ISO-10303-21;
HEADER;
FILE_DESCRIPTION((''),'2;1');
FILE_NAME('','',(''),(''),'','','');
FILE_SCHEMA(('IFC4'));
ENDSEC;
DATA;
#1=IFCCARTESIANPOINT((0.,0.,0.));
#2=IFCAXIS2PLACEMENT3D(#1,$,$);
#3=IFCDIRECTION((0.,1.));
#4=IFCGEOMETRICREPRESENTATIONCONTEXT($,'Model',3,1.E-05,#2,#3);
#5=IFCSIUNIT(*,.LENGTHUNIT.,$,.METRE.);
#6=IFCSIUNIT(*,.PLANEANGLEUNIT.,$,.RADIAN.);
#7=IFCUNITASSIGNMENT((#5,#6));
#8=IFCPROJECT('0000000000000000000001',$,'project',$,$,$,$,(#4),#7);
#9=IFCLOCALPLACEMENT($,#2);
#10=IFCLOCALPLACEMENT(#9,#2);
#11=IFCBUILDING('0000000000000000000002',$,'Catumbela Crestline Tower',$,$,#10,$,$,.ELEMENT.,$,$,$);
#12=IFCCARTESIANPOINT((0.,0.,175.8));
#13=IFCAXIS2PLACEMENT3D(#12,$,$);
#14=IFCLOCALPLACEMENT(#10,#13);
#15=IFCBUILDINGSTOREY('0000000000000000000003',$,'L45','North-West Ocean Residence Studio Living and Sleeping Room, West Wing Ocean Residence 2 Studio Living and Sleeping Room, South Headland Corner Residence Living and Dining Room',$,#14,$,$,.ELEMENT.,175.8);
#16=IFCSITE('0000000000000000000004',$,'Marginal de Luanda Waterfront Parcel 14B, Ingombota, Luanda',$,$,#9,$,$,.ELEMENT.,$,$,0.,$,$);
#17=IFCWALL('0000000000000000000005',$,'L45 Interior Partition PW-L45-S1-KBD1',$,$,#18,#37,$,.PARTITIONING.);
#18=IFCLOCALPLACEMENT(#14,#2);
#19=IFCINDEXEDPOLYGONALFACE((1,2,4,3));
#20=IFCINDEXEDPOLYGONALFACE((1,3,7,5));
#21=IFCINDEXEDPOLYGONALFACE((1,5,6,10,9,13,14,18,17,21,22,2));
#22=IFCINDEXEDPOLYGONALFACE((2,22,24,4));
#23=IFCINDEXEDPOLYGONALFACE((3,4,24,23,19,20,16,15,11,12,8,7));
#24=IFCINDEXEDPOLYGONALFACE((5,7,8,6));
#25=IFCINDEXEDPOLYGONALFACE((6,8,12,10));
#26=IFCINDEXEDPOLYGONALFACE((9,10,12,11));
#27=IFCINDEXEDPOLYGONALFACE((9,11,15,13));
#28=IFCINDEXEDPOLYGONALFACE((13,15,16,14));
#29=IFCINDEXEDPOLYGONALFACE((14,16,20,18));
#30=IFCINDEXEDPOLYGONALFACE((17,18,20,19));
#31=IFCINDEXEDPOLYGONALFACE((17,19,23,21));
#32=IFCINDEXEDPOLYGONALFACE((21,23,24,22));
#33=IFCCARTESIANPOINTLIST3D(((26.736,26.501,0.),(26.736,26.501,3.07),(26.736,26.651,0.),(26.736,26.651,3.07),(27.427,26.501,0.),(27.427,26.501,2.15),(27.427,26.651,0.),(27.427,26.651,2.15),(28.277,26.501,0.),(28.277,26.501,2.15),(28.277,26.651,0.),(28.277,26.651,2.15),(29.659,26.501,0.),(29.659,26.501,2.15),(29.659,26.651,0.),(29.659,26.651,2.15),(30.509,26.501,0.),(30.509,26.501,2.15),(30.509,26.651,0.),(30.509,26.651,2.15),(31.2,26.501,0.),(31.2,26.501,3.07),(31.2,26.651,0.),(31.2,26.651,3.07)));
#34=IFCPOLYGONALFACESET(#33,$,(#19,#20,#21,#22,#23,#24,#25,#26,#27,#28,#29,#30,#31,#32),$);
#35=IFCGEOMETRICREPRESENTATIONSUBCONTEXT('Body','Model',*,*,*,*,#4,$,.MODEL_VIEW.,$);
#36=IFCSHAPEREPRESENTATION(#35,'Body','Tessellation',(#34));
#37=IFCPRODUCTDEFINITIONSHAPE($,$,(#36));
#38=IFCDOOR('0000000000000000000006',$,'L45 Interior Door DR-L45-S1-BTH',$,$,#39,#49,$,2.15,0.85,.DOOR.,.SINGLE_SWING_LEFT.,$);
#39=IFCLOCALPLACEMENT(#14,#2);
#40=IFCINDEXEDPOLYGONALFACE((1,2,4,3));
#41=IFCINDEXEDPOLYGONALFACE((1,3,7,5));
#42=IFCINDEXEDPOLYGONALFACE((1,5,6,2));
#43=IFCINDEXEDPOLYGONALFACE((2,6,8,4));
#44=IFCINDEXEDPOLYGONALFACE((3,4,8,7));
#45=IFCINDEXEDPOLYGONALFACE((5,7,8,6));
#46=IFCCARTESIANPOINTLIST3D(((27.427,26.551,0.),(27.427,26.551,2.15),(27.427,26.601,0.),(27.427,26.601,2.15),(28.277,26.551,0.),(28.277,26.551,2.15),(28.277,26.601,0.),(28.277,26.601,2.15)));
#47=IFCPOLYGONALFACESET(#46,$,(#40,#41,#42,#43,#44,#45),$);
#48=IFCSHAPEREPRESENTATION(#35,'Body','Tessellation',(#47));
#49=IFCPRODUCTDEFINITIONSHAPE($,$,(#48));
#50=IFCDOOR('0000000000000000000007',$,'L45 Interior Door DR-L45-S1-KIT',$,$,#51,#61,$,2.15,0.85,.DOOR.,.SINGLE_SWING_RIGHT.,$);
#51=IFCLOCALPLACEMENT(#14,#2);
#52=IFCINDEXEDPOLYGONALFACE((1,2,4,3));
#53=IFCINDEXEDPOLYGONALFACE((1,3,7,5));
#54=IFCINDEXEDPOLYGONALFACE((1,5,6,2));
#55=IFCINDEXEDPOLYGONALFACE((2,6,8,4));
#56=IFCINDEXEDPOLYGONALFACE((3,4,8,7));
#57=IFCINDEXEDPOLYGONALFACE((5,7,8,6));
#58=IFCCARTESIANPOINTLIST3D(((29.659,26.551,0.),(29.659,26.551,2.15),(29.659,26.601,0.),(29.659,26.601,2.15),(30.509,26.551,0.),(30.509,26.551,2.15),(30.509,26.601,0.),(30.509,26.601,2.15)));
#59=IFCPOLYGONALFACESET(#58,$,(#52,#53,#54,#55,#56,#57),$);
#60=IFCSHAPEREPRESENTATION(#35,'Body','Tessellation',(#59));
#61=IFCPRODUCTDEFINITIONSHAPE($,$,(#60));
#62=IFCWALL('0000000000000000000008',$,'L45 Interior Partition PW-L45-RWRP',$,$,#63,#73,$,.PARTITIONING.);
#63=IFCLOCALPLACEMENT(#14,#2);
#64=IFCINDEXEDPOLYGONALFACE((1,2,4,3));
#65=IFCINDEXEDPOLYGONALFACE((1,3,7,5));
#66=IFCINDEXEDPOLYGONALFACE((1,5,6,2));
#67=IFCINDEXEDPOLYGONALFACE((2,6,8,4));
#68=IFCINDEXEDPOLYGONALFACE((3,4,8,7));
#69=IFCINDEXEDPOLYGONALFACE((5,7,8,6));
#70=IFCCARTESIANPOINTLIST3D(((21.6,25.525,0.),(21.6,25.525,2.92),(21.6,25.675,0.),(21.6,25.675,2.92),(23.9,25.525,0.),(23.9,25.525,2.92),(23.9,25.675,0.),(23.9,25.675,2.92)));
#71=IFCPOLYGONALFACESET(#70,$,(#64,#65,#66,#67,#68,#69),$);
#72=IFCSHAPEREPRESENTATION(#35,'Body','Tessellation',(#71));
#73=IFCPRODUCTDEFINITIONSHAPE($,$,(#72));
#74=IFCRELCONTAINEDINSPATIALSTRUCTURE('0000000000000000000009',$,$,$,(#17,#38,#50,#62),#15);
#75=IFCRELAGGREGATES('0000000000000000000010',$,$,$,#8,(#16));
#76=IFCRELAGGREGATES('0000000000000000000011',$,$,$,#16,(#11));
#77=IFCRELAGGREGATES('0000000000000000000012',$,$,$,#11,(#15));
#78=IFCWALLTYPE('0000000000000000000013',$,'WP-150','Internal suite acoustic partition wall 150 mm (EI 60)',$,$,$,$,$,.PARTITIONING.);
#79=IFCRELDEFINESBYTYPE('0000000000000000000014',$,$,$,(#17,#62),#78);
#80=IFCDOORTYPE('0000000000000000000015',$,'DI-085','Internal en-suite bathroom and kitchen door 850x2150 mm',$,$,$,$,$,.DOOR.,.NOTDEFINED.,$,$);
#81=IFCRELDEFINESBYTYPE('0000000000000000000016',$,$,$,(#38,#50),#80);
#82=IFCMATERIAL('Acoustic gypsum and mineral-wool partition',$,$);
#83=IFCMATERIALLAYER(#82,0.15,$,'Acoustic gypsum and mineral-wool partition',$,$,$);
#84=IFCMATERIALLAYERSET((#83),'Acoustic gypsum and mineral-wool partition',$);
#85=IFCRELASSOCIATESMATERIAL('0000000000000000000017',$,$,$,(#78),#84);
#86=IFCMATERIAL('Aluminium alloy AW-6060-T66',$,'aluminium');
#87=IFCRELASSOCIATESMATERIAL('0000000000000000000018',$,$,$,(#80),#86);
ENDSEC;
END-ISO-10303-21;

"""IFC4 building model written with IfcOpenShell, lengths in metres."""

from ifc_helpers import new_model, si_unit, direction, frame, frame_2d, origin, place, context, subcontext, project, spatial, rectangle, extrude, material, layer, layer_set, type_object, element, fill, save


model = new_model("IFC4")

# Units and contexts
model_context = context("Model", 3, precision=1e-05, world=origin(), true_north=direction((0.0, 1.0)))
body_context = subcontext(model_context, "Body", "Model", "MODEL_VIEW")
ifc_project = project(units=[si_unit("LENGTHUNIT", "METRE"), si_unit("PLANEANGLEUNIT", "RADIAN")], contexts=[model_context])

# Site, building, storey
site_placement = place(None, origin())
site = spatial("IfcSite", under=ifc_project, at=site_placement, Name="Marginal de Luanda Waterfront Parcel 14B, Ingombota, Luanda", CompositionType="ELEMENT", RefElevation=0.0)
building_placement = place(site_placement, origin())
building = spatial("IfcBuilding", under=site, at=building_placement, Name="Catumbela Crestline Tower", CompositionType="ELEMENT")
storey_placement = place(building_placement, frame((0.0, 0.0, 175.8)))
storey = spatial("IfcBuildingStorey", under=building, at=storey_placement, Name="L45", Description="North-West Ocean Residence Studio Living and Sleeping Room, West Wing Ocean Residence 2 Studio Living and Sleeping Room, South Headland Corner Residence Living and Dining Room", CompositionType="ELEMENT", Elevation=175.8)

# Shared definitions
ifc_material_1 = material(Name="Aluminium alloy AW-6060-T66", Category="aluminium")

# Shared definitions
ifc_material_2 = material(Name="Acoustic gypsum and mineral-wool partition")

# Shared definitions
ifc_layer_1 = layer(ifc_material_2, 0.15, Name="Acoustic gypsum and mineral-wool partition")
ifc_layer_set_1 = layer_set([ifc_layer_1], Name="Acoustic gypsum and mineral-wool partition")
wall_type_1 = type_object("IfcWallType", Name="WP-150", Description="Internal suite acoustic partition wall 150 mm (EI 60)", PredefinedType="PARTITIONING", material=ifc_layer_set_1)

# Wall, openings, doors
wall_1_placement = place(storey_placement, frame((26.736, 26.576, 0.0), z_axis=(0.0, 0.0, 1.0), x_axis=(1.0, 0.0, 0.0)))
wall_1 = element("IfcWall", 1, at=wall_1_placement, inside=storey, type_object=wall_type_1, Name="L45 Interior Partition PW-L45-S1-KBD1", PredefinedType="PARTITIONING", context=body_context, shape_type="SweptSolid", body=[
    extrude(rectangle(XDim=4.464, YDim=0.15, at=frame_2d((2.232, 0.0))), origin(), (0.0, 0.0, 1.0), 3.07),
])
opening_1_placement = place(wall_1_placement, frame((0.691, 0.0, 0.0)))
opening_1 = element("IfcOpeningElement", 2, at=opening_1_placement, cuts=wall_1, PredefinedType="OPENING", context=body_context, shape_type="SweptSolid", body=[
    extrude(rectangle(XDim=0.85, YDim=2.15, at=frame_2d((0.425, 1.075))), frame((0.0, 0.085, 0.0), z_axis=(0.0, -1.0, 0.0), x_axis=(1.0, 0.0, 0.0)), (0.0, 0.0, 1.0), 0.17),
])
opening_2_placement = place(wall_1_placement, frame((2.923, 0.0, 0.0)))
opening_2 = element("IfcOpeningElement", 3, at=opening_2_placement, cuts=wall_1, PredefinedType="OPENING", context=body_context, shape_type="SweptSolid", body=[
    extrude(rectangle(XDim=0.85, YDim=2.15, at=frame_2d((0.425, 1.075))), frame((0.0, 0.085, 0.0), z_axis=(0.0, -1.0, 0.0), x_axis=(1.0, 0.0, 0.0)), (0.0, 0.0, 1.0), 0.17),
])
door_type_1 = type_object("IfcDoorType", Name="DI-085", Description="Internal en-suite bathroom and kitchen door 850x2150 mm", OperationType="NOTDEFINED", PredefinedType="DOOR", material=ifc_material_1)
door_1_placement = place(opening_1_placement, origin())
door_1 = element("IfcDoor", 4, at=door_1_placement, inside=storey, type_object=door_type_1, Name="L45 Interior Door DR-L45-S1-BTH", OperationType="SINGLE_SWING_LEFT", OverallHeight=2.15, OverallWidth=0.85, PredefinedType="DOOR", context=body_context, shape_type="SweptSolid", body=[
    extrude(rectangle(XDim=0.85, YDim=2.15, at=frame_2d((0.425, 1.075))), frame((0.0, 0.025, 0.0), z_axis=(0.0, -1.0, 0.0), x_axis=(1.0, 0.0, 0.0)), (0.0, 0.0, 1.0), 0.05),
])
fill(opening_1, door_1)
door_2_placement = place(opening_2_placement, origin())
door_2 = element("IfcDoor", 5, at=door_2_placement, inside=storey, type_object=door_type_1, Name="L45 Interior Door DR-L45-S1-KIT", OperationType="SINGLE_SWING_RIGHT", OverallHeight=2.15, OverallWidth=0.85, PredefinedType="DOOR", context=body_context, shape_type="SweptSolid", body=[
    extrude(rectangle(XDim=0.85, YDim=2.15, at=frame_2d((0.425, 1.075))), frame((0.0, 0.025, 0.0), z_axis=(0.0, -1.0, 0.0), x_axis=(1.0, 0.0, 0.0)), (0.0, 0.0, 1.0), 0.05),
])
fill(opening_2, door_2)

# Wall
wall_2_placement = place(storey_placement, frame((21.6, 25.6, 0.0), z_axis=(0.0, 0.0, 1.0), x_axis=(1.0, 0.0, 0.0)))
element("IfcWall", 6, at=wall_2_placement, inside=storey, type_object=wall_type_1, Name="L45 Interior Partition PW-L45-RWRP", PredefinedType="PARTITIONING", context=body_context, shape_type="SweptSolid", body=[
    extrude(rectangle(XDim=2.3, YDim=0.15, at=frame_2d((1.15, 0.0))), origin(), (0.0, 0.0, 1.0), 2.92),
])

save(model, "model.ifc")
